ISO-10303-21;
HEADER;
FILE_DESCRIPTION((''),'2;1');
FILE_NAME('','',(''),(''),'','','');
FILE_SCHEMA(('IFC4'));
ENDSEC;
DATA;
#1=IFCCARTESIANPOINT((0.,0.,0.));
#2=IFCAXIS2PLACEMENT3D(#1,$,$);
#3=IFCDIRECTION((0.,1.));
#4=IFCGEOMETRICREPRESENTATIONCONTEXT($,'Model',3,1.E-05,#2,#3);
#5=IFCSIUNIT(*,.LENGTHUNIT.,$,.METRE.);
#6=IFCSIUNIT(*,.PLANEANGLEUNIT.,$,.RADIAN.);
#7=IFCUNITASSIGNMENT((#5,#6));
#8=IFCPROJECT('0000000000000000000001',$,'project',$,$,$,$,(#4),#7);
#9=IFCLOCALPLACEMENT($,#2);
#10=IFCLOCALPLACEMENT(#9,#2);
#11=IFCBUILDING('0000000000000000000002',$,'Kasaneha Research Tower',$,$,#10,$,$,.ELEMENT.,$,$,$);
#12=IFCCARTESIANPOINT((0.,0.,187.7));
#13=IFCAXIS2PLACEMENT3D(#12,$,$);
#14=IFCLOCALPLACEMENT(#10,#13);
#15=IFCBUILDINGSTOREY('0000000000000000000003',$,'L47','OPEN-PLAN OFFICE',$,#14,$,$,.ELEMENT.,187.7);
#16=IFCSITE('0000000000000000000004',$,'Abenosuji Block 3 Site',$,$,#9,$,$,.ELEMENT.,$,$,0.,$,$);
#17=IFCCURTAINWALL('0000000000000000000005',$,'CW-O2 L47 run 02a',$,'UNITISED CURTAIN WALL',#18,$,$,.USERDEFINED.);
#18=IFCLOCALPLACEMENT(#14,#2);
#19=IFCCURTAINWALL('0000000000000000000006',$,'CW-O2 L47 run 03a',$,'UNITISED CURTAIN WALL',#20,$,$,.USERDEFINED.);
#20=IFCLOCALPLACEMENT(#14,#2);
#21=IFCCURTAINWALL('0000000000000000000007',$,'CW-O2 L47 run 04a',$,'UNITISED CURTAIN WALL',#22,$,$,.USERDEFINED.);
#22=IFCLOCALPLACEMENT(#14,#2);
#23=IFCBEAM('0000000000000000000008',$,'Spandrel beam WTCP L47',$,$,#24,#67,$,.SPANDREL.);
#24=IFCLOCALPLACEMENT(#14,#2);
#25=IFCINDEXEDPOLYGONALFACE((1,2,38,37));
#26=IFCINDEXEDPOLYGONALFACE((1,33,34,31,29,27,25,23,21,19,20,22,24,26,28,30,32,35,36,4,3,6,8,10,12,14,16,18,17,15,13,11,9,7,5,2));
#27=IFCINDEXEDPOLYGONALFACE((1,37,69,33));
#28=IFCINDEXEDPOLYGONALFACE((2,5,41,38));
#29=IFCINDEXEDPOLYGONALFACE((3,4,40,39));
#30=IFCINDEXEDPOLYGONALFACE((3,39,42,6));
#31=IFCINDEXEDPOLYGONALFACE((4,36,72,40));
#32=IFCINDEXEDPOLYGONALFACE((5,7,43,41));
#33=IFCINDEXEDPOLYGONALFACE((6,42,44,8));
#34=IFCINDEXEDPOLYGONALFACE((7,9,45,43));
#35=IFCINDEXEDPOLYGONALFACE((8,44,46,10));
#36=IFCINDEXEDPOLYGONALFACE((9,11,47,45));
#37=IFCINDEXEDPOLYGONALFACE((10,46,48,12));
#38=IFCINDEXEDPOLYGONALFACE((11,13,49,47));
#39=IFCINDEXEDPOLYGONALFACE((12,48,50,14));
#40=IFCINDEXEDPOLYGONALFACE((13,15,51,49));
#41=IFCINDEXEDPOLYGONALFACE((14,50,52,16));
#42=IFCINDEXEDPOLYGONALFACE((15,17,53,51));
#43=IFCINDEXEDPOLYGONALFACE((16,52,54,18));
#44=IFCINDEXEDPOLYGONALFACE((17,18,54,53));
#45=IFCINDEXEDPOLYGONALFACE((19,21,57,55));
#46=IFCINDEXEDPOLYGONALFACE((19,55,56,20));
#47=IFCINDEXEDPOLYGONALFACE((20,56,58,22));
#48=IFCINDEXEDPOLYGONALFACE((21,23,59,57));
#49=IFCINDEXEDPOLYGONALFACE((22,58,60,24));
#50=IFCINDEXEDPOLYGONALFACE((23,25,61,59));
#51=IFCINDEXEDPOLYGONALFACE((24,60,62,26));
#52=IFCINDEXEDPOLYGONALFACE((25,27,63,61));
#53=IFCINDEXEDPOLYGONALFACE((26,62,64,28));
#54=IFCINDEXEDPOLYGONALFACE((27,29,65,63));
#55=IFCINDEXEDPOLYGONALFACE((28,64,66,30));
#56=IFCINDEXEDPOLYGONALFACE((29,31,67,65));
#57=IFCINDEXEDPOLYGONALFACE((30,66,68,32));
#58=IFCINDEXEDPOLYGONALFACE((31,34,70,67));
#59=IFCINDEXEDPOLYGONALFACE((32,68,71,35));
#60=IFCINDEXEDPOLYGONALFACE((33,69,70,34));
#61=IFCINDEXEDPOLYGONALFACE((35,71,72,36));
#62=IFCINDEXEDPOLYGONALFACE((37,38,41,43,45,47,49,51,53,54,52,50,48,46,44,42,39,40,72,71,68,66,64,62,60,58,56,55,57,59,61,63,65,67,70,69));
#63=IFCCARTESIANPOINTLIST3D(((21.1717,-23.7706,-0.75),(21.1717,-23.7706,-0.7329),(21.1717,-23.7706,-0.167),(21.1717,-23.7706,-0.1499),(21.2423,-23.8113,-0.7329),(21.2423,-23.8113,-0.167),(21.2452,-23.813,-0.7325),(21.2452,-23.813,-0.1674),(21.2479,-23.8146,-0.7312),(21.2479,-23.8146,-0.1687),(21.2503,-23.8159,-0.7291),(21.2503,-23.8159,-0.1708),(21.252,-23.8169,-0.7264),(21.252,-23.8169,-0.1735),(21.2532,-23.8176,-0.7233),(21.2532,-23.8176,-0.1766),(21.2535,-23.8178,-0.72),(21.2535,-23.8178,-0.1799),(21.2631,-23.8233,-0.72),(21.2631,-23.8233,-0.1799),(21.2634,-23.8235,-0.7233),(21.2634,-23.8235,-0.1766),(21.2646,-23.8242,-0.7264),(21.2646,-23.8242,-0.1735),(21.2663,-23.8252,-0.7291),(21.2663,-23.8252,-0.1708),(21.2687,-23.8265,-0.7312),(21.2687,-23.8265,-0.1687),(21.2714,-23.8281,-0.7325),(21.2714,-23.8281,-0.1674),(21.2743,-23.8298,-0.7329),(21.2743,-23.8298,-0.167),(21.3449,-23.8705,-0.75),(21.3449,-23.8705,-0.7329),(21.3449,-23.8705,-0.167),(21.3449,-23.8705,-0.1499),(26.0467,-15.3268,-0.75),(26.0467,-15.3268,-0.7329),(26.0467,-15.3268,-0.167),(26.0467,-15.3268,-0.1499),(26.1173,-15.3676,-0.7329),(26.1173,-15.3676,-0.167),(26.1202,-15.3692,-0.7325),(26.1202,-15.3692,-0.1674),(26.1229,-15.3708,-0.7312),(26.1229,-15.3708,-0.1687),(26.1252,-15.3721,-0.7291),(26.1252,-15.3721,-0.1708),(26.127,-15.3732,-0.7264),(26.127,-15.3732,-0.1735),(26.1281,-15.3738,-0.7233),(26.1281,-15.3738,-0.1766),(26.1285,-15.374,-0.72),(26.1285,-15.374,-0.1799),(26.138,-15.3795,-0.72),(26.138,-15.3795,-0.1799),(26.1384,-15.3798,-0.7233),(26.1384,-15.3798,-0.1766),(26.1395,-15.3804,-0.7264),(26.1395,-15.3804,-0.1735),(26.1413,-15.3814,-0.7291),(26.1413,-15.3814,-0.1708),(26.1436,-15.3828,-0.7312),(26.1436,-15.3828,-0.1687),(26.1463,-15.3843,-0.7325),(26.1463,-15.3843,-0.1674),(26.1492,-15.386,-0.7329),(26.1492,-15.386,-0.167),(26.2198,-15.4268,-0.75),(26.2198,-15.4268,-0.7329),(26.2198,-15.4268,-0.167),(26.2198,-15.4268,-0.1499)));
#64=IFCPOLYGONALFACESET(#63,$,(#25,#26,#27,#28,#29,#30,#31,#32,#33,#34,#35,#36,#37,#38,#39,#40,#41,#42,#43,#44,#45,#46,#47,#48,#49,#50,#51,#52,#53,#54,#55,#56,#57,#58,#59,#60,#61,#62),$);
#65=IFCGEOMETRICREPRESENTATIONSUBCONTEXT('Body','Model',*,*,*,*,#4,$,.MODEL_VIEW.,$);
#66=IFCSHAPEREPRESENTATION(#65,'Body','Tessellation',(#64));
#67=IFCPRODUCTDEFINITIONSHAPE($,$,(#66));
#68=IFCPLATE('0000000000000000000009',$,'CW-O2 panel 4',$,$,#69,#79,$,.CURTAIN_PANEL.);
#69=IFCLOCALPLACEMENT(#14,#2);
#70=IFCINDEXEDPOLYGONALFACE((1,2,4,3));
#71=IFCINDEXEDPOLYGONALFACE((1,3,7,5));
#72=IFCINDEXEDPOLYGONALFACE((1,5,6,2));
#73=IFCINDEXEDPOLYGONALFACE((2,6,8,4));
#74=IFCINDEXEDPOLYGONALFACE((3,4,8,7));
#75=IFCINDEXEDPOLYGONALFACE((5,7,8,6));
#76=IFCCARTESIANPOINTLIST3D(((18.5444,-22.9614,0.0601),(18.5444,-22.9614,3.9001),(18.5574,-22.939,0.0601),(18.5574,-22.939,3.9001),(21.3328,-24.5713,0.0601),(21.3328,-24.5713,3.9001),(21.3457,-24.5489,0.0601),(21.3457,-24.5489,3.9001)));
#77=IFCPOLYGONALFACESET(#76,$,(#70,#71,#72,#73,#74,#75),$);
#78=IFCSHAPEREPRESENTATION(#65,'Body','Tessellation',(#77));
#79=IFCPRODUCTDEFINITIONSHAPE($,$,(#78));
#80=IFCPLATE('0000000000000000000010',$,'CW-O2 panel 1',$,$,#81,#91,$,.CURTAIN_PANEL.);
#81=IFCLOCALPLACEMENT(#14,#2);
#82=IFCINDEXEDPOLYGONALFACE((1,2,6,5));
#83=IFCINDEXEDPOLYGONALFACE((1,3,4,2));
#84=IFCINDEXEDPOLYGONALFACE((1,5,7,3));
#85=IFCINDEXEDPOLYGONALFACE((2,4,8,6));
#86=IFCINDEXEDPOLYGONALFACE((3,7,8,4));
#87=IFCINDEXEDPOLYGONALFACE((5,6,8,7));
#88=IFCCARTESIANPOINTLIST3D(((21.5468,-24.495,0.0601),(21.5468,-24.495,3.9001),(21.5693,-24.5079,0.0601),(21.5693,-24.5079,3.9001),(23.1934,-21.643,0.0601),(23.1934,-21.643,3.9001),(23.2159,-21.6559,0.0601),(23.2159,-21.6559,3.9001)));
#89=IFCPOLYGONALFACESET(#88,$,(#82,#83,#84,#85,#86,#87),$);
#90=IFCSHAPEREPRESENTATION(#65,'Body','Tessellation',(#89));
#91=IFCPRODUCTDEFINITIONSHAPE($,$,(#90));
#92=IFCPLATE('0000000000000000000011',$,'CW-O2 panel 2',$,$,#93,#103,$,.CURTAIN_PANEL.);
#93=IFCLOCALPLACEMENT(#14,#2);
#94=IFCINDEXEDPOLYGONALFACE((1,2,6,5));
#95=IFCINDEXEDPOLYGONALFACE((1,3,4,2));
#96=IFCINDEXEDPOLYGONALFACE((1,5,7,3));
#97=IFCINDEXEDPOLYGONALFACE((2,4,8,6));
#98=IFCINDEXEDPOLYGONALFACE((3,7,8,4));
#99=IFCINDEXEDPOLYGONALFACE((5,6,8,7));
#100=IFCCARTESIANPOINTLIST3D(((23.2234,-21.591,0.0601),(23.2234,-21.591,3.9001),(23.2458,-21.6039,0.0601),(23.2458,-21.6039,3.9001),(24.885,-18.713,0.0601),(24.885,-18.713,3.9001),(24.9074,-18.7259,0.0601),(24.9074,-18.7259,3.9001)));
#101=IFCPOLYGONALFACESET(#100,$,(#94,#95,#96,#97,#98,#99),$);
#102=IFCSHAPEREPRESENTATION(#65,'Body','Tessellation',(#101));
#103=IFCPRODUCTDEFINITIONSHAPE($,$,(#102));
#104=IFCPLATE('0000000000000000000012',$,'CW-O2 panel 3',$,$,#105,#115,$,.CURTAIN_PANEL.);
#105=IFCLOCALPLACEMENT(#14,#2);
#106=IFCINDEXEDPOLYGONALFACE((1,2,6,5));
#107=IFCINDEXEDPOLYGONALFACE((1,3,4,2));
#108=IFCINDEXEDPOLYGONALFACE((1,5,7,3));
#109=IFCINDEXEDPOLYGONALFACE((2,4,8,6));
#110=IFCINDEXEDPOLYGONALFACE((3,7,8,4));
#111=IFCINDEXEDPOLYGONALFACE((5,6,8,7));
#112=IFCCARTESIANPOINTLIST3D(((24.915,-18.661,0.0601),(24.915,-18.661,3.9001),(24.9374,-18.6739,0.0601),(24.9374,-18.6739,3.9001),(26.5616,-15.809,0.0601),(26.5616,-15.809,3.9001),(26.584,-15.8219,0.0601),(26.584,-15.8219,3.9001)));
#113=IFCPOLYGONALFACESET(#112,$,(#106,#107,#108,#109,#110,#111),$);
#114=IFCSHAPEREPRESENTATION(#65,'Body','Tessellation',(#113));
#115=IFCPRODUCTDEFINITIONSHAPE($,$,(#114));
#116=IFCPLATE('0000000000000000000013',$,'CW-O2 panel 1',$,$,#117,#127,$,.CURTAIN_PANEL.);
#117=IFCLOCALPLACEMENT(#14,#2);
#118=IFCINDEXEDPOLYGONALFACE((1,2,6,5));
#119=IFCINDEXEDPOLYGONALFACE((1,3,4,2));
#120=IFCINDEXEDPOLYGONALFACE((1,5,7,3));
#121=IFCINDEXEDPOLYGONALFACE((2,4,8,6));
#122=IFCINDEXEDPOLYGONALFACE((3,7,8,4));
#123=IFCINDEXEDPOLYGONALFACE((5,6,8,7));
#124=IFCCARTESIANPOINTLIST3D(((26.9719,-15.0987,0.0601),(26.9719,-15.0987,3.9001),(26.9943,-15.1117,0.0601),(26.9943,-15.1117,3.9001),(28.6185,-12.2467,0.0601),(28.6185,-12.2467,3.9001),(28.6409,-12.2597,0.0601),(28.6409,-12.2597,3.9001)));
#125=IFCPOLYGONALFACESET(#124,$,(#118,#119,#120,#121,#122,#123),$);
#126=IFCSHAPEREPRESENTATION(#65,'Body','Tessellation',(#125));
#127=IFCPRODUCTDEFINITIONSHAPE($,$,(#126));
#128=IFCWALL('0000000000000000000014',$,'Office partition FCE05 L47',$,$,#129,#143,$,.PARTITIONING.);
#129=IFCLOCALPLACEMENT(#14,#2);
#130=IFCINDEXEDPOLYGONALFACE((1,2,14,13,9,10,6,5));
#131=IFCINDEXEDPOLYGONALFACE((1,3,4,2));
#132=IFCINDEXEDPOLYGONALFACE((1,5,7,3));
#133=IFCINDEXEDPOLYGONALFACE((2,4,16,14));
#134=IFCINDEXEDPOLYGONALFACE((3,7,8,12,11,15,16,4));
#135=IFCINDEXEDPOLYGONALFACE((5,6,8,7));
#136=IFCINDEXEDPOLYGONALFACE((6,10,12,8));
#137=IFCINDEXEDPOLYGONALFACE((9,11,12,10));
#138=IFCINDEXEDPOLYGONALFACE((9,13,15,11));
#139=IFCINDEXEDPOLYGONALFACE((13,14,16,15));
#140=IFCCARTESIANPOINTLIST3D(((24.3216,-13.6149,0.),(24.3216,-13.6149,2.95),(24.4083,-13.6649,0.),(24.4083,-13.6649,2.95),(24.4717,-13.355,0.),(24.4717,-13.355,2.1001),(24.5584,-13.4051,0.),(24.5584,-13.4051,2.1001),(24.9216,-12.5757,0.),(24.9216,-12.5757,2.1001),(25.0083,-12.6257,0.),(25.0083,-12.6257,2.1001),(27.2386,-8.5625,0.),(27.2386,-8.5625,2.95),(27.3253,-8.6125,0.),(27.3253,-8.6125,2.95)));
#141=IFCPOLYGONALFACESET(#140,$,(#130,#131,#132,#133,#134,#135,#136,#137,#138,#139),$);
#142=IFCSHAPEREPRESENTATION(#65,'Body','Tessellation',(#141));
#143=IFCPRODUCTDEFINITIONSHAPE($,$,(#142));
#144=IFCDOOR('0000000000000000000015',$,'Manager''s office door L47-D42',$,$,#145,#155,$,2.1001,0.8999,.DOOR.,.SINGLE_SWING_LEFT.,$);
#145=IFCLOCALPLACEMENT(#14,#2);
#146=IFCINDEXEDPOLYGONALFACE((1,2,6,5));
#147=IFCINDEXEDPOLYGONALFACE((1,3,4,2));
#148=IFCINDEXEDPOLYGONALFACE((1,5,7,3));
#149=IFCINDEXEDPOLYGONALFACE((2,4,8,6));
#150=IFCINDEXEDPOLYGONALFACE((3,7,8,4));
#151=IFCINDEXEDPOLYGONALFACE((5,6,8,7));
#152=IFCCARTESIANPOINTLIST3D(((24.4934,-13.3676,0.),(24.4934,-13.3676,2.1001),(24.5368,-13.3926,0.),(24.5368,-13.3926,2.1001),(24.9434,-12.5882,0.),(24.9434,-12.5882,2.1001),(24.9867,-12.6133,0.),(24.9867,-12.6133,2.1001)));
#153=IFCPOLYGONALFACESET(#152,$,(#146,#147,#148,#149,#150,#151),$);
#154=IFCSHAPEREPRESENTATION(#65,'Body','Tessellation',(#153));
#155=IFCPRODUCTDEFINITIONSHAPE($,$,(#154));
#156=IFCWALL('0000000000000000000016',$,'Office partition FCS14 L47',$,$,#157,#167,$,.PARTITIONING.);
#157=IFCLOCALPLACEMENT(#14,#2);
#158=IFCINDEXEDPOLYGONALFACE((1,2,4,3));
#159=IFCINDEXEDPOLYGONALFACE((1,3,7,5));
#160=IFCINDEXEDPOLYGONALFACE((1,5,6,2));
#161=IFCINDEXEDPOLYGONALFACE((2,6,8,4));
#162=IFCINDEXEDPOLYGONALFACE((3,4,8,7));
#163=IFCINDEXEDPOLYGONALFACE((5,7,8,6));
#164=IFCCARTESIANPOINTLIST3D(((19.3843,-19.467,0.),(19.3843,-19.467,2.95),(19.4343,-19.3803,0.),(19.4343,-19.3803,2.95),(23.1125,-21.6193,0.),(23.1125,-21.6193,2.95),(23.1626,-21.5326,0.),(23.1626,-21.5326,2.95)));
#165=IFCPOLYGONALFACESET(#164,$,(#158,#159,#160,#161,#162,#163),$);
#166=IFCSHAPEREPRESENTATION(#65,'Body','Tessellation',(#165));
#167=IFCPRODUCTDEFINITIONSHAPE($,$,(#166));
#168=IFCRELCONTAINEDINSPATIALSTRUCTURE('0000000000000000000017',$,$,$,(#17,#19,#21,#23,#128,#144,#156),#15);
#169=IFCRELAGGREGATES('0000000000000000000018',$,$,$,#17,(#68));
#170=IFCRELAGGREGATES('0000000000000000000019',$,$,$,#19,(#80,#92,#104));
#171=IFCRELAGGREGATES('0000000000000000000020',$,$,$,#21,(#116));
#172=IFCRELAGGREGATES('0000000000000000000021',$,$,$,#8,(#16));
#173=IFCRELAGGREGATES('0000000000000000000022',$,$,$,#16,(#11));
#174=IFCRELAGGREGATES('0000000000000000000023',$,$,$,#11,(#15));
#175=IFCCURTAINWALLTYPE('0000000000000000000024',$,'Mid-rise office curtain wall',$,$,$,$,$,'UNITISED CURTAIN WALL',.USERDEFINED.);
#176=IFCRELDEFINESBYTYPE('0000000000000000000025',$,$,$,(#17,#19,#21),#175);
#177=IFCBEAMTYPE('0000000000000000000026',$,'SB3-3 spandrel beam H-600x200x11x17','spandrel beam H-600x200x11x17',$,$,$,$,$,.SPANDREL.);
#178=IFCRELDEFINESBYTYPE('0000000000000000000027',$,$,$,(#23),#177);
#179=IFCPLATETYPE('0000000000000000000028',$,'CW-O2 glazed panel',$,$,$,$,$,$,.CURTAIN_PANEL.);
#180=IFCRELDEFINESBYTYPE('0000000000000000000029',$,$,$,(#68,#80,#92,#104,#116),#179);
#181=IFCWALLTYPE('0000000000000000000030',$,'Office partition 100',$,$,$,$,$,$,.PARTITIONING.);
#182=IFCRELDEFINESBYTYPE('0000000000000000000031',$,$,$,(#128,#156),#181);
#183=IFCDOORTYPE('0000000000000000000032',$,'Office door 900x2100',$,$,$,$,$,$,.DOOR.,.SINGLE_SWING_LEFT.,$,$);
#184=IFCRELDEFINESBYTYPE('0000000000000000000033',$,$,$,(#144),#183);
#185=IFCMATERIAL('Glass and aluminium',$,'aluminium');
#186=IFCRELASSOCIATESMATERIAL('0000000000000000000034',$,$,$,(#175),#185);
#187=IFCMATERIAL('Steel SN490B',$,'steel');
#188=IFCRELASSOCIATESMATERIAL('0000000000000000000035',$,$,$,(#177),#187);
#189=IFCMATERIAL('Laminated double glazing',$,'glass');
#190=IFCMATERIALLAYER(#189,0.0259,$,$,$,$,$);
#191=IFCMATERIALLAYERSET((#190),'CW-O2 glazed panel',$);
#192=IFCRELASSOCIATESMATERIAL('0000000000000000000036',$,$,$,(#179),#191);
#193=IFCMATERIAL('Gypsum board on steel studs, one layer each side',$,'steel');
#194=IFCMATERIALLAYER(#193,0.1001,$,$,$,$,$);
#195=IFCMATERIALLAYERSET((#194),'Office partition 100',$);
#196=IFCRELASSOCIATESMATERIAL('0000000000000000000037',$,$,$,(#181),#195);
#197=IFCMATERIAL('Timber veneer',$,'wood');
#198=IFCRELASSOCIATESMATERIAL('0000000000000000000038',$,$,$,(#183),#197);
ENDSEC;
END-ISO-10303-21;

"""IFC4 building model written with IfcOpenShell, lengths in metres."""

from ifc_helpers import new_model, si_unit, direction, frame, frame_2d, origin, origin_2d, place, context, subcontext, project, spatial, rectangle, i_section, extrude, material, layer, layer_set, material_profile, profile_set, type_object, element, fill, aggregate, save


model = new_model("IFC4")

# Units and contexts
model_context = context("Model", 3, precision=1e-05, world=origin(), true_north=direction((0.0, 1.0)))
body_context = subcontext(model_context, "Body", "Model", "MODEL_VIEW")
ifc_project = project(units=[si_unit("LENGTHUNIT", "METRE"), si_unit("PLANEANGLEUNIT", "RADIAN")], contexts=[model_context])

# Site, building, storey
site_placement = place(None, origin())
site = spatial("IfcSite", under=ifc_project, at=site_placement, Name="Abenosuji Block 3 Site", CompositionType="ELEMENT", RefElevation=0.0)
building_placement = place(site_placement, origin())
building = spatial("IfcBuilding", under=site, at=building_placement, Name="Kasaneha Research Tower", CompositionType="ELEMENT")
storey_placement = place(building_placement, frame((0.0, 0.0, 187.7)))
storey = spatial("IfcBuildingStorey", under=building, at=storey_placement, Name="L47", Description="OPEN-PLAN OFFICE", CompositionType="ELEMENT", Elevation=187.7)

# Curtain wall
ifc_material_1 = material(Name="Glass and aluminium", Category="aluminium")
curtain_wall_type = type_object("IfcCurtainWallType", Name="Mid-rise office curtain wall", ElementType="UNITISED CURTAIN WALL", PredefinedType="USERDEFINED", material=ifc_material_1)
curtain_wall_1_placement = place(storey_placement, origin())
curtain_wall_1 = element("IfcCurtainWall", 1, at=curtain_wall_1_placement, inside=storey, type_object=curtain_wall_type, Name="CW-O2 L47 run 02a", ObjectType="UNITISED CURTAIN WALL", PredefinedType="USERDEFINED")

# Curtain walls
curtain_wall_2_placement = place(storey_placement, origin())
curtain_wall_2 = element("IfcCurtainWall", 2, at=curtain_wall_2_placement, inside=storey, type_object=curtain_wall_type, Name="CW-O2 L47 run 03a", ObjectType="UNITISED CURTAIN WALL", PredefinedType="USERDEFINED")
curtain_wall_3_placement = place(storey_placement, origin())
curtain_wall_3 = element("IfcCurtainWall", 3, at=curtain_wall_3_placement, inside=storey, type_object=curtain_wall_type, Name="CW-O2 L47 run 04a", ObjectType="UNITISED CURTAIN WALL", PredefinedType="USERDEFINED")

# Beam
ifc_material_2 = material(Name="Steel SN490B", Category="steel")
ifc_material_profile_1 = material_profile(ifc_material_2, i_section(OverallWidth=0.2, OverallDepth=0.6001, WebThickness=0.011, FlangeThickness=0.0171, FilletRadius=0.0129, at=origin_2d()), Name="H-600x200x11x17")
ifc_profile_set_1 = profile_set([ifc_material_profile_1], Name="Steel SN490B")
beam_type = type_object("IfcBeamType", Name="SB3-3 spandrel beam H-600x200x11x17", Description="spandrel beam H-600x200x11x17", PredefinedType="SPANDREL", material=ifc_profile_set_1)
beam_placement = place(storey_placement, frame((21.2583, -23.8206, -0.45), z_axis=(0.499996, 0.866028, 0.0), x_axis=(-0.866028, 0.499996, 0.0)))
element("IfcBeam", 4, at=beam_placement, inside=storey, type_object=beam_type, Name="Spandrel beam WTCP L47", PredefinedType="SPANDREL", context=body_context, shape_type="SweptSolid", body=[
    extrude(i_section(OverallWidth=0.2, OverallDepth=0.6001, WebThickness=0.011, FlangeThickness=0.0171, FilletRadius=0.0129, at=origin_2d()), origin(), (0.0, 0.0, 1.0), 9.75),
])

# Plates
ifc_material_3 = material(Name="Laminated double glazing", Category="glass")
ifc_layer_1 = layer(ifc_material_3, 0.0259)
ifc_layer_set_1 = layer_set([ifc_layer_1], Name="CW-O2 glazed panel")
plate_type = type_object("IfcPlateType", Name="CW-O2 glazed panel", PredefinedType="CURTAIN_PANEL", material=ifc_layer_set_1)
plate_1_placement = place(storey_placement, frame((19.9451, -23.7551, 0.0601), z_axis=(0.0, 0.0, 1.0), x_axis=(0.866025, -0.5, 0.0)))
plate_1 = element("IfcPlate", 5, at=plate_1_placement, type_object=plate_type, Name="CW-O2 panel 4", PredefinedType="CURTAIN_PANEL", context=body_context, shape_type="SweptSolid", body=[
    extrude(rectangle(XDim=3.2197, YDim=0.0259, at=origin_2d()), origin(), (0.0, 0.0, 1.0), 3.8401),
])
aggregate(curtain_wall_1, [plate_1])
plate_2_placement = place(storey_placement, frame((22.3813, -23.0754, 0.0601), z_axis=(0.0, 0.0, 1.0), x_axis=(0.5, 0.866025, 0.0)))
plate_2 = element("IfcPlate", 6, at=plate_2_placement, type_object=plate_type, Name="CW-O2 panel 1", PredefinedType="CURTAIN_PANEL", context=body_context, shape_type="SweptSolid", body=[
    extrude(rectangle(XDim=3.2932, YDim=0.0259, at=origin_2d()), origin(), (0.0, 0.0, 1.0), 3.8401),
])
plate_3_placement = place(storey_placement, frame((24.0654, -20.1584, 0.0601), z_axis=(0.0, 0.0, 1.0), x_axis=(0.5, 0.866025, 0.0)))
plate_3 = element("IfcPlate", 7, at=plate_3_placement, type_object=plate_type, Name="CW-O2 panel 2", PredefinedType="CURTAIN_PANEL", context=body_context, shape_type="SweptSolid", body=[
    extrude(rectangle(XDim=3.3232, YDim=0.0259, at=origin_2d()), origin(), (0.0, 0.0, 1.0), 3.8401),
])
plate_4_placement = place(storey_placement, frame((25.7495, -17.2415, 0.0601), z_axis=(0.0, 0.0, 1.0), x_axis=(0.5, 0.866025, 0.0)))
plate_4 = element("IfcPlate", 8, at=plate_4_placement, type_object=plate_type, Name="CW-O2 panel 3", PredefinedType="CURTAIN_PANEL", context=body_context, shape_type="SweptSolid", body=[
    extrude(rectangle(XDim=3.2932, YDim=0.0259, at=origin_2d()), origin(), (0.0, 0.0, 1.0), 3.8401),
])
aggregate(curtain_wall_2, [plate_2, plate_3, plate_4])
plate_5_placement = place(storey_placement, frame((27.8064, -13.6792, 0.0601), z_axis=(0.0, 0.0, 1.0), x_axis=(0.5, 0.866025, 0.0)))
plate_5 = element("IfcPlate", 9, at=plate_5_placement, type_object=plate_type, Name="CW-O2 panel 1", PredefinedType="CURTAIN_PANEL", context=body_context, shape_type="SweptSolid", body=[
    extrude(rectangle(XDim=3.2932, YDim=0.0259, at=origin_2d()), origin(), (0.0, 0.0, 1.0), 3.8401),
])
aggregate(curtain_wall_3, [plate_5])

# Wall, opening, door
ifc_material_4 = material(Name="Gypsum board on steel studs, one layer each side", Category="steel")
ifc_layer_2 = layer(ifc_material_4, 0.1001)
ifc_layer_set_2 = layer_set([ifc_layer_2], Name="Office partition 100")
wall_type_1 = type_object("IfcWallType", Name="Office partition 100", PredefinedType="PARTITIONING", material=ifc_layer_set_2)
wall_1_placement = place(storey_placement, frame((24.365, -13.6399, 0.0), z_axis=(0.0, 0.0, 1.0), x_axis=(0.499992, 0.86603, 0.0)))
wall_1 = element("IfcWall", 10, at=wall_1_placement, inside=storey, type_object=wall_type_1, Name="Office partition FCE05 L47", PredefinedType="PARTITIONING", context=body_context, shape_type="SweptSolid", body=[
    extrude(rectangle(XDim=5.834, YDim=0.1001, at=frame_2d((2.917, 0.0))), origin(), (0.0, 0.0, 1.0), 2.95),
])
opening_1_placement = place(wall_1_placement, frame((0.3, 0.0, 0.0)))
opening_1 = element("IfcOpeningElement", 11, at=opening_1_placement, cuts=wall_1, PredefinedType="OPENING", context=body_context, shape_type="SweptSolid", body=[
    extrude(rectangle(XDim=0.8999, YDim=2.1001, at=frame_2d((0.45, 1.05))), frame((0.0, 0.0601, 0.0), z_axis=(0.0, -1.0, 0.0), x_axis=(1.0, 0.0, 0.0)), (0.0, 0.0, 1.0), 0.1201),
])
ifc_material_5 = material(Name="Timber veneer", Category="wood")
door_type_1 = type_object("IfcDoorType", Name="Office door 900x2100", OperationType="SINGLE_SWING_LEFT", PredefinedType="DOOR", material=ifc_material_5)
door_1_placement = place(opening_1_placement, origin())
door_1 = element("IfcDoor", 12, at=door_1_placement, inside=storey, type_object=door_type_1, Name="Manager's office door L47-D42", OperationType="SINGLE_SWING_LEFT", OverallHeight=2.1001, OverallWidth=0.8999, PredefinedType="DOOR", context=body_context, shape_type="SweptSolid", body=[
    extrude(rectangle(XDim=0.8999, YDim=2.1001, at=frame_2d((0.45, 1.05))), frame((0.0, 0.0249, 0.0), z_axis=(0.0, -1.0, 0.0), x_axis=(1.0, 0.0, 0.0)), (0.0, 0.0, 1.0), 0.05),
])
fill(opening_1, door_1)

# Wall
wall_2_placement = place(storey_placement, frame((23.1375, -21.5759, 0.0), z_axis=(0.0, 0.0, 1.0), x_axis=(-0.866043, 0.49997, 0.0)))
element("IfcWall", 13, at=wall_2_placement, inside=storey, type_object=wall_type_1, Name="Office partition FCS14 L47", PredefinedType="PARTITIONING", context=body_context, shape_type="SweptSolid", body=[
    extrude(rectangle(XDim=4.3049, YDim=0.1001, at=frame_2d((2.1523, 0.0))), origin(), (0.0, 0.0, 1.0), 2.95),
])

save(model, "model.ifc")
